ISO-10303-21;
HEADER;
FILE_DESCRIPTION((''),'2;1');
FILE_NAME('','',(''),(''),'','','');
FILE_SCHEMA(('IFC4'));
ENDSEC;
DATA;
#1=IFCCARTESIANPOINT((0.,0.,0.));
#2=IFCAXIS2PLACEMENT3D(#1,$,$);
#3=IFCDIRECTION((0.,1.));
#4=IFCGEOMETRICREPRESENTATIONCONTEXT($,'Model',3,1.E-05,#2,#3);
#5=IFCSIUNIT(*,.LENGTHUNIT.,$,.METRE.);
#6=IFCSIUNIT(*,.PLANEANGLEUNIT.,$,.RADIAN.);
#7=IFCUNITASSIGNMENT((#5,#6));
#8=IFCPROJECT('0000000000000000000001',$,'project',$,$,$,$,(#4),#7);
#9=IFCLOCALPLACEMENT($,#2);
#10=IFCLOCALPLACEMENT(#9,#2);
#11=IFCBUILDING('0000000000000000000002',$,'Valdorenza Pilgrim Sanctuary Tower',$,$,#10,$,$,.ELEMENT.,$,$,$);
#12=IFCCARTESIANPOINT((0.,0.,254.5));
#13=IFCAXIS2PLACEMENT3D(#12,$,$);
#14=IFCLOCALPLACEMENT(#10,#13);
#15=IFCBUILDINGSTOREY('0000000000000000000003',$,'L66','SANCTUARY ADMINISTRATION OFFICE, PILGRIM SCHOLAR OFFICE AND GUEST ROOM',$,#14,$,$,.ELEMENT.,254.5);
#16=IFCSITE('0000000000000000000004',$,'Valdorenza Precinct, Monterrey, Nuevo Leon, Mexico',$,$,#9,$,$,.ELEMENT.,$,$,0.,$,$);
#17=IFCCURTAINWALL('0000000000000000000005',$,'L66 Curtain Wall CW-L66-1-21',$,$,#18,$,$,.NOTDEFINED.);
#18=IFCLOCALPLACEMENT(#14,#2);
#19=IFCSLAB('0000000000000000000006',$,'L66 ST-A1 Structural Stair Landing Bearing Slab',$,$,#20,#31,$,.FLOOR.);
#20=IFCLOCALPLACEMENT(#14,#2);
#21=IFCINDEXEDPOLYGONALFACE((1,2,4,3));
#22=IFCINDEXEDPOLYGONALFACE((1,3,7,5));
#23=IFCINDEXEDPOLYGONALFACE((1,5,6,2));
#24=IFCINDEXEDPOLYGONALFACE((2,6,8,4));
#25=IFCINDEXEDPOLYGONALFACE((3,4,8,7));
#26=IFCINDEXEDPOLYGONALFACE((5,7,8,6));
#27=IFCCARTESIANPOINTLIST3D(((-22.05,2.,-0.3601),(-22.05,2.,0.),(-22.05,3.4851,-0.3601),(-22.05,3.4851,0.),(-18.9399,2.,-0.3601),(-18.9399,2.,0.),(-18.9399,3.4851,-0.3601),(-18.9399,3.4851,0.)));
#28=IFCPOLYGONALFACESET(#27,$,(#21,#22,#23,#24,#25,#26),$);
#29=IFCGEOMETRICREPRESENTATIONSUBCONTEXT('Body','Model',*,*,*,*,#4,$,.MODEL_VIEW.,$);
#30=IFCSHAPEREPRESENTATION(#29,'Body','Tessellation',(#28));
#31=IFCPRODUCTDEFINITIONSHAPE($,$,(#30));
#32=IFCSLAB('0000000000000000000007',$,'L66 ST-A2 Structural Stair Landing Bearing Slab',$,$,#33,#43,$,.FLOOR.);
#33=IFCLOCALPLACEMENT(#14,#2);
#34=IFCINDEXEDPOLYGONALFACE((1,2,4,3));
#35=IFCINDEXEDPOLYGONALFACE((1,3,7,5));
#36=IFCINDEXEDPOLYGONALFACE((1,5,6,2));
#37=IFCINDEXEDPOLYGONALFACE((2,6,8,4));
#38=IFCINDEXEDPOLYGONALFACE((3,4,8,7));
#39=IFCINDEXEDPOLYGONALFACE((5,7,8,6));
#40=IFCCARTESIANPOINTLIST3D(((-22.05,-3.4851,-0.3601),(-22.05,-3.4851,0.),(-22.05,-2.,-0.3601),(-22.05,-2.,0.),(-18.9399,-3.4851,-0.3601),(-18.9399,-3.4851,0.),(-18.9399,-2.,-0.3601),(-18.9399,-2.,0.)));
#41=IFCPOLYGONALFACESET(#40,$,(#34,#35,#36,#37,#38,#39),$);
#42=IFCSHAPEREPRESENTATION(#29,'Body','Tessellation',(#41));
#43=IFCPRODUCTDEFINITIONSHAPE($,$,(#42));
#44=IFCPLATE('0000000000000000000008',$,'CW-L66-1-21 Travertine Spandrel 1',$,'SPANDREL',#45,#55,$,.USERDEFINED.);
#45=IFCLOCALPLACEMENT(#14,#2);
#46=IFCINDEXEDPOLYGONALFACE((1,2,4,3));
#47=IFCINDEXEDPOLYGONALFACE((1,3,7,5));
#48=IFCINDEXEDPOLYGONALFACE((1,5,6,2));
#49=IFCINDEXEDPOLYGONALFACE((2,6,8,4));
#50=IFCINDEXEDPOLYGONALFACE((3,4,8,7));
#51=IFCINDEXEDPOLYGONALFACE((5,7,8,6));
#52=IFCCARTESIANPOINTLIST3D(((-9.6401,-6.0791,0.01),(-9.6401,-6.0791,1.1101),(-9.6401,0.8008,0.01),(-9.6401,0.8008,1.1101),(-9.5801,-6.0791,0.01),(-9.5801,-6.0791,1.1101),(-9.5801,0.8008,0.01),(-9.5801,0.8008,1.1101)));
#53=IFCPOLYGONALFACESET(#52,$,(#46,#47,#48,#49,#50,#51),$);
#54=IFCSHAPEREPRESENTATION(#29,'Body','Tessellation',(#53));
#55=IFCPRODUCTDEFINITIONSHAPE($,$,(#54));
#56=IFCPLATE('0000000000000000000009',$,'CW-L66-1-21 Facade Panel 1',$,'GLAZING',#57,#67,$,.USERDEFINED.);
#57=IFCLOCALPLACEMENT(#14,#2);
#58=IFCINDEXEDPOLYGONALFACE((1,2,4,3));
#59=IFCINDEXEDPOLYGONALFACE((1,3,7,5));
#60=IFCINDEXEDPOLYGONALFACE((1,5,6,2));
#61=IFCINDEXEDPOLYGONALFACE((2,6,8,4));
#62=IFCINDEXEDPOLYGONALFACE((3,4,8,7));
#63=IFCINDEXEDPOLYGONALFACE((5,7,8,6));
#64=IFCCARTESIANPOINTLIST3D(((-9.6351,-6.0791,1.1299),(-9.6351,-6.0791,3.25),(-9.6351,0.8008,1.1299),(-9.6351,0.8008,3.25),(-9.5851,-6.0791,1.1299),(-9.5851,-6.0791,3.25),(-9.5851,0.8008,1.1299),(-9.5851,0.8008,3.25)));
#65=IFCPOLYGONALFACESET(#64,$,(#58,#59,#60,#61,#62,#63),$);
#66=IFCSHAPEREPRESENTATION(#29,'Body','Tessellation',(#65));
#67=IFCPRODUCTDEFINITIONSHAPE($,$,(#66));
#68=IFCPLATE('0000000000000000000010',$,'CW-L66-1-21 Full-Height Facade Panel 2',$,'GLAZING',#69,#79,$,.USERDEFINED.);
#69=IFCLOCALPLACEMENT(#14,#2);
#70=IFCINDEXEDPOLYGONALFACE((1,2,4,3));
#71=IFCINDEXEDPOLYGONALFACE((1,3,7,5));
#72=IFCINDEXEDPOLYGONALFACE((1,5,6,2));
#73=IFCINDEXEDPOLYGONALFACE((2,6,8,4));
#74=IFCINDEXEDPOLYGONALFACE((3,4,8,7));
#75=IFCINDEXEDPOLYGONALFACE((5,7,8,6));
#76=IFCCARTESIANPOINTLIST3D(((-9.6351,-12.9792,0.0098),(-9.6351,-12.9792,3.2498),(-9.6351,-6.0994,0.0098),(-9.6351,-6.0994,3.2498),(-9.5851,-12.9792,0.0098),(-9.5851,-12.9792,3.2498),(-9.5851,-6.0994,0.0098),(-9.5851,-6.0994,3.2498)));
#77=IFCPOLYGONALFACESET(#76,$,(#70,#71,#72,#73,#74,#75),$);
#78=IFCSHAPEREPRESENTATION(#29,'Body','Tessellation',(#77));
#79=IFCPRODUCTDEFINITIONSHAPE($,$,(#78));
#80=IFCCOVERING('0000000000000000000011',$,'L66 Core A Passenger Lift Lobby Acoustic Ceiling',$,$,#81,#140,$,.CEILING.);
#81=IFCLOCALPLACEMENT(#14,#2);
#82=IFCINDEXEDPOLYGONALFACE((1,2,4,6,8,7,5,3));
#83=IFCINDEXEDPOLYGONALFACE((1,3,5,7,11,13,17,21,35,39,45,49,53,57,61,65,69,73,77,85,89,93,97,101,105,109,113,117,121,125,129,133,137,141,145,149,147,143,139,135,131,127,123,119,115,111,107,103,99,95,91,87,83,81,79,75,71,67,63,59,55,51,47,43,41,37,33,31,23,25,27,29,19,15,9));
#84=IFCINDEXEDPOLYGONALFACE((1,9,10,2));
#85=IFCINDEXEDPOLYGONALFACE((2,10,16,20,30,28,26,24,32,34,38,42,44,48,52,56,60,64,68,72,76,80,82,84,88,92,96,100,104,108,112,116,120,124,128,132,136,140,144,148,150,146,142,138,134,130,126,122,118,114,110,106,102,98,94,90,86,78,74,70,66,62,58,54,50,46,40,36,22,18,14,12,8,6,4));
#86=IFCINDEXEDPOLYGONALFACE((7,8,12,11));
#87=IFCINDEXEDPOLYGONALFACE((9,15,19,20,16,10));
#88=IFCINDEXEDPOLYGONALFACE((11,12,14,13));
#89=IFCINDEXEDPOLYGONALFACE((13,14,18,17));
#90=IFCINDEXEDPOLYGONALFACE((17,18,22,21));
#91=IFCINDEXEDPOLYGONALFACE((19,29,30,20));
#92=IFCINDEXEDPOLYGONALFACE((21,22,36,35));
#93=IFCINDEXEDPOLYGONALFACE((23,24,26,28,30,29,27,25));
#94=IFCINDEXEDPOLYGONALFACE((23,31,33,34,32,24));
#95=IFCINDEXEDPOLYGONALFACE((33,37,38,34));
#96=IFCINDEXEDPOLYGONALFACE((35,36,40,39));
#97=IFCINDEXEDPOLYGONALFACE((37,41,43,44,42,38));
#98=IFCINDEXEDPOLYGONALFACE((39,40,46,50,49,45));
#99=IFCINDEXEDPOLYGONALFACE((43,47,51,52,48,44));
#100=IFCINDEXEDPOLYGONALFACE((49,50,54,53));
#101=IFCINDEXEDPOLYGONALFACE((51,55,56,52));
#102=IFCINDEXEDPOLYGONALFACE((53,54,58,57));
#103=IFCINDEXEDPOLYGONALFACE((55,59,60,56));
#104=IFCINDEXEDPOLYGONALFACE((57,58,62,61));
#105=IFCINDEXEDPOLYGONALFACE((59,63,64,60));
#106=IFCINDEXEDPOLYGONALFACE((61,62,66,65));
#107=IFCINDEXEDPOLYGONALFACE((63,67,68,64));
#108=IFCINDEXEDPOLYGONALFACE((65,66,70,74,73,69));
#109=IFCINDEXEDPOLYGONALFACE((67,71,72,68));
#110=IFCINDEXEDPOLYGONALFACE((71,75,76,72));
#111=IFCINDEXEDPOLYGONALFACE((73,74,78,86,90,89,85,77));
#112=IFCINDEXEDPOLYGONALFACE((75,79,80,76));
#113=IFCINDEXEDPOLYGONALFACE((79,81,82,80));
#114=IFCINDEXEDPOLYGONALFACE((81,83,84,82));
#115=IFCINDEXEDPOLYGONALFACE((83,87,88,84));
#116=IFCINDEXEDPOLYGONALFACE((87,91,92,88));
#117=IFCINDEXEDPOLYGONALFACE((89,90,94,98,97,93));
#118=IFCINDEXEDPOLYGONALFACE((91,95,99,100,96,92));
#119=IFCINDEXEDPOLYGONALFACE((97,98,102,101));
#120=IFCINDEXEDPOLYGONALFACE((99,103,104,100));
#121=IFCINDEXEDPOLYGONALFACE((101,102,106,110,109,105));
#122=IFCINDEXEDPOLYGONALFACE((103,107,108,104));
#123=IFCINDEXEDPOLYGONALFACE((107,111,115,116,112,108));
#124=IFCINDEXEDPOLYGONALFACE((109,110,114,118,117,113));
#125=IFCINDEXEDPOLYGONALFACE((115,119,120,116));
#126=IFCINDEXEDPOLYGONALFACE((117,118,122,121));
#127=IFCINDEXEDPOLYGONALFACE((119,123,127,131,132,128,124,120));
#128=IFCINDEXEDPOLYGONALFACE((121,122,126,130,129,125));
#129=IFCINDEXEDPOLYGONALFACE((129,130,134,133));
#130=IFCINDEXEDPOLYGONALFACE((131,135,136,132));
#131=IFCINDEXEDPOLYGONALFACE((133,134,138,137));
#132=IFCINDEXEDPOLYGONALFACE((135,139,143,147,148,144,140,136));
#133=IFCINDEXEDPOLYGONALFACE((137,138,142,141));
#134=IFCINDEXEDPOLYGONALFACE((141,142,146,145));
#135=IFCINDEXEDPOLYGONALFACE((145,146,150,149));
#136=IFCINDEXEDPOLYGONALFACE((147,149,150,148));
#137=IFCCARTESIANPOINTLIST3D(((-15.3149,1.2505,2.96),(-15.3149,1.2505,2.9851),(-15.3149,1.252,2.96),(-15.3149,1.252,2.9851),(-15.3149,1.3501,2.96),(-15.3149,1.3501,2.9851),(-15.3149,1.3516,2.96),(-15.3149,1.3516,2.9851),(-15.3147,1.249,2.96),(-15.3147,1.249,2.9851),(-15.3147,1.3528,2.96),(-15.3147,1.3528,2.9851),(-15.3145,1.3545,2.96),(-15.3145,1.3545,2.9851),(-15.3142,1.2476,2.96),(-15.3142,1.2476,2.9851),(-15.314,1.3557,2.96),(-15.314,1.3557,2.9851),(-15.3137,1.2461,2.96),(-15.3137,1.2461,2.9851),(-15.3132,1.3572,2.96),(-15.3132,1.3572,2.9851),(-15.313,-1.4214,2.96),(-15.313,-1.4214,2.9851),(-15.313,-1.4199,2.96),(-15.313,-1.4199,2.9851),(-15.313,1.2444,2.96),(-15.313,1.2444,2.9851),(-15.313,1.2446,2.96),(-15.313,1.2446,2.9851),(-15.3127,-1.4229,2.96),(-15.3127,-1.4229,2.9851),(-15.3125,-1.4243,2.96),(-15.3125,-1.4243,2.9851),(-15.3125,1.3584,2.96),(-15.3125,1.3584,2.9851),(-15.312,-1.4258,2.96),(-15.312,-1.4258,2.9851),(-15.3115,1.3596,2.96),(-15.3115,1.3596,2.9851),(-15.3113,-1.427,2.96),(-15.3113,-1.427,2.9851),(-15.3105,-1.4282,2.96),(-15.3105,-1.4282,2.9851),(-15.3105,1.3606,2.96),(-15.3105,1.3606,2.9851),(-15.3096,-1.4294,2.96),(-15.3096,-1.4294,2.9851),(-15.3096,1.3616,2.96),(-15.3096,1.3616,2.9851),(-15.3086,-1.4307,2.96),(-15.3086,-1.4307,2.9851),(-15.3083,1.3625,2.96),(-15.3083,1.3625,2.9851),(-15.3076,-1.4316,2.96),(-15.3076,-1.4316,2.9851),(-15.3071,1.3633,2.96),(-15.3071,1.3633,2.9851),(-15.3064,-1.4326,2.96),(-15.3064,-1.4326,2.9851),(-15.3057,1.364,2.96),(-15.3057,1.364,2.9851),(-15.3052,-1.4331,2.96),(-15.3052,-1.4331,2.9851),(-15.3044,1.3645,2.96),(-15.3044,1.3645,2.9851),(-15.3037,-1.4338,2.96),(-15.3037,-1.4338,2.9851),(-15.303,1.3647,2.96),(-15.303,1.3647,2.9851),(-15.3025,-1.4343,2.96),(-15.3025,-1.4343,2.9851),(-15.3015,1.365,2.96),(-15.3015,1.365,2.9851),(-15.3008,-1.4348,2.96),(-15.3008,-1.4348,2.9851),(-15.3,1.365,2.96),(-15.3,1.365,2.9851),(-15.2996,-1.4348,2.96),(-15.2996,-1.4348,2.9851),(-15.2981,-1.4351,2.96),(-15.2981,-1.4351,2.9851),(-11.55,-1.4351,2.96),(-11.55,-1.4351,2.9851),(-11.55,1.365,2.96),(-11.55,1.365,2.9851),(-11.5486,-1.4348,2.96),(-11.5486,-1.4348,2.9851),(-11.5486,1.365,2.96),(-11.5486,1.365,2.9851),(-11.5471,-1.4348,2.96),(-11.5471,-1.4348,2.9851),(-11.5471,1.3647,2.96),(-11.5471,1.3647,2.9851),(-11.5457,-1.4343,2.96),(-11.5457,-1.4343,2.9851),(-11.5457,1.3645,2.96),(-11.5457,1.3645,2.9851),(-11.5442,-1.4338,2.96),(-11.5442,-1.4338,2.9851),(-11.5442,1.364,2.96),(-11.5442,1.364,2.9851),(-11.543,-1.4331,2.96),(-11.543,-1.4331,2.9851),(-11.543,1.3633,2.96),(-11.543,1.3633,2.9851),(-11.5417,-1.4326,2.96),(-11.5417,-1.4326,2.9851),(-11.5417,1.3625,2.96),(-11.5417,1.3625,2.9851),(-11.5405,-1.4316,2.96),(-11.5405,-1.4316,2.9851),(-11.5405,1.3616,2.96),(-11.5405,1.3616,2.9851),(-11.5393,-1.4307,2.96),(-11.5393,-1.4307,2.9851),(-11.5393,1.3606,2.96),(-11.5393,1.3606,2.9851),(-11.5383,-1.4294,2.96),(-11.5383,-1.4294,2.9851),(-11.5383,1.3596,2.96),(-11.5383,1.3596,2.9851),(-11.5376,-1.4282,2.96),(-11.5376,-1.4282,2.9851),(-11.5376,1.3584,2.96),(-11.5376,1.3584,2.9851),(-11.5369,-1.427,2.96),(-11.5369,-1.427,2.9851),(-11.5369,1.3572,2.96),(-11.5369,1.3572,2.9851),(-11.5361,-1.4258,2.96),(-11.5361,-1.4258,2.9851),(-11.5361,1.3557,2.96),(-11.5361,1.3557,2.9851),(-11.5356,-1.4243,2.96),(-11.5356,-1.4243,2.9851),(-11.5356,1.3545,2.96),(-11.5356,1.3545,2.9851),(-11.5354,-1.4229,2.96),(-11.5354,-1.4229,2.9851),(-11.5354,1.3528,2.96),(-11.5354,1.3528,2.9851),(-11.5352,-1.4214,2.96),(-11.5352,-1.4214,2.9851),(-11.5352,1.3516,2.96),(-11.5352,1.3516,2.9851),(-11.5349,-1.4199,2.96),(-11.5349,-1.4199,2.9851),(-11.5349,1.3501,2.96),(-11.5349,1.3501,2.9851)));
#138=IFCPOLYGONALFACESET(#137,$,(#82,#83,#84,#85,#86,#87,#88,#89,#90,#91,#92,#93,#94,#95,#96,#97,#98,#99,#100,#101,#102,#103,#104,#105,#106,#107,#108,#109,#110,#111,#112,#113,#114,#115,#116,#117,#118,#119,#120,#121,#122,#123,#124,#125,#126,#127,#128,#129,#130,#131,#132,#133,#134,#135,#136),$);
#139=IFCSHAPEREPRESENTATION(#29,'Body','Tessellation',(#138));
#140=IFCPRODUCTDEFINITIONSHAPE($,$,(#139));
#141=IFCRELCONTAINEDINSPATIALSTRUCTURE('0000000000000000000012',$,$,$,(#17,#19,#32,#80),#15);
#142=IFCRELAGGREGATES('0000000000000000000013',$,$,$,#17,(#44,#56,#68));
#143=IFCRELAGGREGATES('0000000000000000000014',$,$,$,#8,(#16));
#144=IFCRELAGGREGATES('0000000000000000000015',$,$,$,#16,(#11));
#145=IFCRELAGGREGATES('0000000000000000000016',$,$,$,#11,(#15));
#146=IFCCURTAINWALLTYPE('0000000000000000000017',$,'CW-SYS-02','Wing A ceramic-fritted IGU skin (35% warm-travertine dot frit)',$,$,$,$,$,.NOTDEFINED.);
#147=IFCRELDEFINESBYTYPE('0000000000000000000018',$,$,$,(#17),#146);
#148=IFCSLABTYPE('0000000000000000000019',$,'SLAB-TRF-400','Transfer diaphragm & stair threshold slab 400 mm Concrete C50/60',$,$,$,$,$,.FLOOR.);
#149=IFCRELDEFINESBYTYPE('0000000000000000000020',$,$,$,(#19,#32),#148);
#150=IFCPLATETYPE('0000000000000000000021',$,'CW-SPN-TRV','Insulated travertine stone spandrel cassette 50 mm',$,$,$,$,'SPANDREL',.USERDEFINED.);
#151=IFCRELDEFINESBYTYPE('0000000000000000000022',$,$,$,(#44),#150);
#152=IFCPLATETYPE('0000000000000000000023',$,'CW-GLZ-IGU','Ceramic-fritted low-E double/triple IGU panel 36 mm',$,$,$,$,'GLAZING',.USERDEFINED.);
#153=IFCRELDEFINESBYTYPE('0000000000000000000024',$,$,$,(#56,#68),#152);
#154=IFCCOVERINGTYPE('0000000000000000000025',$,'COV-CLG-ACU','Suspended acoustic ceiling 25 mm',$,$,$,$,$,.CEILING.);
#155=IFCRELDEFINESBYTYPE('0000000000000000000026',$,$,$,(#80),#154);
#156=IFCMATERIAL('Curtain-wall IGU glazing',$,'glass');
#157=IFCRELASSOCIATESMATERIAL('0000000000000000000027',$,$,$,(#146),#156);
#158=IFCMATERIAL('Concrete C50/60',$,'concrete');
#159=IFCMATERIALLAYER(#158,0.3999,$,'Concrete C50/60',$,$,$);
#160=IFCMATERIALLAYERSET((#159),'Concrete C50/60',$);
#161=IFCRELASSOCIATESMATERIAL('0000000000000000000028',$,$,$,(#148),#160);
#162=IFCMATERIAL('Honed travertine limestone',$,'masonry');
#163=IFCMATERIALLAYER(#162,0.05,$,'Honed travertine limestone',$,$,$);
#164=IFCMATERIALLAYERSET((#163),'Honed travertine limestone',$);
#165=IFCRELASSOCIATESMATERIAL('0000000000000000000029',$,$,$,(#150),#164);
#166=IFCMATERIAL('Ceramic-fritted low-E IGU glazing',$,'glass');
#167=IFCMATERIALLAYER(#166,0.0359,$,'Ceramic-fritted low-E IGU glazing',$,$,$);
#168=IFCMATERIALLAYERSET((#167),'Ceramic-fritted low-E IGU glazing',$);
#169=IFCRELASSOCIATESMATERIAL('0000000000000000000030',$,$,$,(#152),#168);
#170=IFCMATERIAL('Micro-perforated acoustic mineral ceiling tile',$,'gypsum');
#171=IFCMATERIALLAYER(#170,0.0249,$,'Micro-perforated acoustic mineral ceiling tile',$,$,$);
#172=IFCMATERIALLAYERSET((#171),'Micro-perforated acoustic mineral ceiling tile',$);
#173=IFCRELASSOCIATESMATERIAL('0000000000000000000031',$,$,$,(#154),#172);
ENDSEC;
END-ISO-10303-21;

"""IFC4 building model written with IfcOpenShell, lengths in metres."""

from ifc_helpers import new_model, si_unit, direction, frame, origin, origin_2d, place, context, subcontext, project, spatial, polyline, rectangle, outline, extrude, source, transform, mapped, material, layer, layer_set, type_object, element, aggregate, save


model = new_model("IFC4")

# Units and contexts
model_context = context("Model", 3, precision=1e-05, world=origin(), true_north=direction((0.0, 1.0)))
body_context = subcontext(model_context, "Body", "Model", "MODEL_VIEW")
ifc_project = project(units=[si_unit("LENGTHUNIT", "METRE"), si_unit("PLANEANGLEUNIT", "RADIAN")], contexts=[model_context])

# Site, building, storey
site_placement = place(None, origin())
site = spatial("IfcSite", under=ifc_project, at=site_placement, Name="Valdorenza Precinct, Monterrey, Nuevo Leon, Mexico", CompositionType="ELEMENT", RefElevation=0.0)
building_placement = place(site_placement, origin())
building = spatial("IfcBuilding", under=site, at=building_placement, Name="Valdorenza Pilgrim Sanctuary Tower", CompositionType="ELEMENT")
storey_placement = place(building_placement, frame((0.0, 0.0, 254.5)))
storey = spatial("IfcBuildingStorey", under=building, at=storey_placement, Name="L66", Description="SANCTUARY ADMINISTRATION OFFICE, PILGRIM SCHOLAR OFFICE AND GUEST ROOM", CompositionType="ELEMENT", Elevation=254.5)

# Curtain wall
ifc_material_1 = material(Name="Curtain-wall IGU glazing", Category="glass")
curtain_wall_type = type_object("IfcCurtainWallType", Name="CW-SYS-02", Description="Wing A ceramic-fritted IGU skin (35% warm-travertine dot frit)", PredefinedType="NOTDEFINED", material=ifc_material_1)
curtain_wall_placement = place(storey_placement, origin())
curtain_wall = element("IfcCurtainWall", 1, at=curtain_wall_placement, inside=storey, type_object=curtain_wall_type, Name="L66 Curtain Wall CW-L66-1-21", PredefinedType="NOTDEFINED")

# Slabs
ifc_material_2 = material(Name="Concrete C50/60", Category="concrete")
ifc_layer_1 = layer(ifc_material_2, 0.3999, Name="Concrete C50/60")
ifc_layer_set_1 = layer_set([ifc_layer_1], Name="Concrete C50/60")
slab_type_1 = type_object("IfcSlabType", Name="SLAB-TRF-400", Description="Transfer diaphragm & stair threshold slab 400 mm Concrete C50/60", PredefinedType="FLOOR", material=ifc_layer_set_1)
slab_1_placement = place(storey_placement, frame((0.0, 0.0, -0.3601)))
element("IfcSlab", 2, at=slab_1_placement, inside=storey, type_object=slab_type_1, Name="L66 ST-A1 Structural Stair Landing Bearing Slab", PredefinedType="FLOOR", context=body_context, shape_type="SweptSolid", body=[
    extrude(outline(polyline([(-22.05, 2.0), (-18.9399, 2.0), (-18.9399, 3.4851), (-22.05, 3.4851), (-22.05, 2.0)])), origin(), (0.0, 0.0, 1.0), 0.3601),
])
slab_2_placement = place(storey_placement, frame((0.0, 0.0, -0.3601)))
element("IfcSlab", 3, at=slab_2_placement, inside=storey, type_object=slab_type_1, Name="L66 ST-A2 Structural Stair Landing Bearing Slab", PredefinedType="FLOOR", context=body_context, shape_type="SweptSolid", body=[
    extrude(outline(polyline([(-22.05, -3.4851), (-18.9399, -3.4851), (-18.9399, -2.0), (-22.05, -2.0), (-22.05, -3.4851)])), origin(), (0.0, 0.0, 1.0), 0.3601),
])

# Plates
ifc_material_3 = material(Name="Honed travertine limestone", Category="masonry")
ifc_layer_2 = layer(ifc_material_3, 0.05, Name="Honed travertine limestone")
ifc_layer_set_2 = layer_set([ifc_layer_2], Name="Honed travertine limestone")
plate_type_1 = type_object("IfcPlateType", Name="CW-SPN-TRV", Description="Insulated travertine stone spandrel cassette 50 mm", ElementType="SPANDREL", PredefinedType="USERDEFINED", material=ifc_layer_set_2)
shared_shape_1 = source(origin(), body_context, "Body", "SweptSolid", [
    extrude(rectangle(XDim=6.8799, YDim=0.0601, at=origin_2d()), origin(), (0.0, 0.0, 1.0), 1.1001),
])
plate_1_placement = place(storey_placement, frame((-9.6101, -2.6392, 0.01), z_axis=(0.0, 0.0, 1.0), x_axis=(0.0, -1.0, 0.0)))
plate_1 = element("IfcPlate", 4, at=plate_1_placement, type_object=plate_type_1, Name="CW-L66-1-21 Travertine Spandrel 1", ObjectType="SPANDREL", PredefinedType="USERDEFINED", context=body_context, shape_type="MappedRepresentation", body=[
    mapped(shared_shape_1, transform((0.0, 0.0, 0.0), x_axis=(1.0, 0.0, 0.0), y_axis=(0.0, 1.0, 0.0), z_axis=(0.0, 0.0, 1.0), scale=1.0)),
])
ifc_material_4 = material(Name="Ceramic-fritted low-E IGU glazing", Category="glass")
ifc_layer_3 = layer(ifc_material_4, 0.0359, Name="Ceramic-fritted low-E IGU glazing")
ifc_layer_set_3 = layer_set([ifc_layer_3], Name="Ceramic-fritted low-E IGU glazing")
plate_type_2 = type_object("IfcPlateType", Name="CW-GLZ-IGU", Description="Ceramic-fritted low-E double/triple IGU panel 36 mm", ElementType="GLAZING", PredefinedType="USERDEFINED", material=ifc_layer_set_3)
shared_shape_2 = source(origin(), body_context, "Body", "SweptSolid", [
    extrude(rectangle(XDim=6.8799, YDim=0.05, at=origin_2d()), origin(), (0.0, 0.0, 1.0), 2.1201),
])
plate_2_placement = place(storey_placement, frame((-9.6101, -2.6392, 1.1299), z_axis=(0.0, 0.0, 1.0), x_axis=(0.0, -1.0, 0.0)))
plate_2 = element("IfcPlate", 5, at=plate_2_placement, type_object=plate_type_2, Name="CW-L66-1-21 Facade Panel 1", ObjectType="GLAZING", PredefinedType="USERDEFINED", context=body_context, shape_type="MappedRepresentation", body=[
    mapped(shared_shape_2, transform((0.0, 0.0, 0.0), x_axis=(1.0, 0.0, 0.0), y_axis=(0.0, 1.0, 0.0), z_axis=(0.0, 0.0, 1.0), scale=1.0)),
])
shared_shape_3 = source(origin(), body_context, "Body", "SweptSolid", [
    extrude(rectangle(XDim=6.8799, YDim=0.05, at=origin_2d()), origin(), (0.0, 0.0, 1.0), 3.24),
])
plate_3_placement = place(storey_placement, frame((-9.6101, -9.5393, 0.0098), z_axis=(0.0, 0.0, 1.0), x_axis=(0.0, -1.0, 0.0)))
plate_3 = element("IfcPlate", 6, at=plate_3_placement, type_object=plate_type_2, Name="CW-L66-1-21 Full-Height Facade Panel 2", ObjectType="GLAZING", PredefinedType="USERDEFINED", context=body_context, shape_type="MappedRepresentation", body=[
    mapped(shared_shape_3, transform((0.0, 0.0, 0.0), x_axis=(1.0, 0.0, 0.0), y_axis=(0.0, 1.0, 0.0), z_axis=(0.0, 0.0, 1.0), scale=1.0)),
])
aggregate(curtain_wall, [plate_1, plate_2, plate_3])

# Covering
ifc_material_5 = material(Name="Micro-perforated acoustic mineral ceiling tile", Category="gypsum")
ifc_layer_4 = layer(ifc_material_5, 0.0249, Name="Micro-perforated acoustic mineral ceiling tile")
ifc_layer_set_4 = layer_set([ifc_layer_4], Name="Micro-perforated acoustic mineral ceiling tile")
covering_type_1 = type_object("IfcCoveringType", Name="COV-CLG-ACU", Description="Suspended acoustic ceiling 25 mm", PredefinedType="CEILING", material=ifc_layer_set_4)
covering_1_placement = place(storey_placement, frame((0.0, 0.0, 2.96)))
element("IfcCovering", 7, at=covering_1_placement, inside=storey, type_object=covering_type_1, Name="L66 Core A Passenger Lift Lobby Acoustic Ceiling", PredefinedType="CEILING", context=body_context, shape_type="SweptSolid", body=[
    extrude(outline(polyline([(-15.3149, 1.3501), (-15.3149, 1.3516), (-15.3147, 1.3528), (-15.3145, 1.3545), (-15.314, 1.3557), (-15.3132, 1.3572), (-15.3125, 1.3584), (-15.3115, 1.3596), (-15.3105, 1.3606), (-15.3096, 1.3616), (-15.3083, 1.3625), (-15.3071, 1.3633), (-15.3057, 1.364), (-15.3044, 1.3645), (-15.303, 1.3647), (-15.3015, 1.365), (-15.3, 1.365), (-11.55, 1.365), (-11.5486, 1.365), (-11.5471, 1.3647), (-11.5457, 1.3645), (-11.5442, 1.364), (-11.543, 1.3633), (-11.5417, 1.3625), (-11.5405, 1.3616), (-11.5393, 1.3606), (-11.5383, 1.3596), (-11.5376, 1.3584), (-11.5369, 1.3572), (-11.5361, 1.3557), (-11.5356, 1.3545), (-11.5354, 1.3528), (-11.5352, 1.3516), (-11.5349, 1.3501), (-11.5349, -1.4199), (-11.5352, -1.4214), (-11.5354, -1.4229), (-11.5356, -1.4243), (-11.5361, -1.4258), (-11.5369, -1.427), (-11.5376, -1.4282), (-11.5383, -1.4294), (-11.5393, -1.4307), (-11.5405, -1.4316), (-11.5417, -1.4326), (-11.543, -1.4331), (-11.5442, -1.4338), (-11.5457, -1.4343), (-11.5471, -1.4348), (-11.5486, -1.4348), (-11.55, -1.4351), (-15.2981, -1.4351), (-15.2996, -1.4348), (-15.3008, -1.4348), (-15.3025, -1.4343), (-15.3037, -1.4338), (-15.3052, -1.4331), (-15.3064, -1.4326), (-15.3076, -1.4316), (-15.3086, -1.4307), (-15.3096, -1.4294), (-15.3105, -1.4282), (-15.3113, -1.427), (-15.312, -1.4258), (-15.3125, -1.4243), (-15.3127, -1.4229), (-15.313, -1.4214), (-15.313, -1.4199), (-15.313, 1.2444), (-15.313, 1.2446), (-15.3137, 1.2461), (-15.3142, 1.2476), (-15.3147, 1.249), (-15.3149, 1.2505), (-15.3149, 1.252), (-15.3149, 1.3501)])), origin(), (0.0, 0.0, 1.0), 0.0251),
])

save(model, "model.ifc")
